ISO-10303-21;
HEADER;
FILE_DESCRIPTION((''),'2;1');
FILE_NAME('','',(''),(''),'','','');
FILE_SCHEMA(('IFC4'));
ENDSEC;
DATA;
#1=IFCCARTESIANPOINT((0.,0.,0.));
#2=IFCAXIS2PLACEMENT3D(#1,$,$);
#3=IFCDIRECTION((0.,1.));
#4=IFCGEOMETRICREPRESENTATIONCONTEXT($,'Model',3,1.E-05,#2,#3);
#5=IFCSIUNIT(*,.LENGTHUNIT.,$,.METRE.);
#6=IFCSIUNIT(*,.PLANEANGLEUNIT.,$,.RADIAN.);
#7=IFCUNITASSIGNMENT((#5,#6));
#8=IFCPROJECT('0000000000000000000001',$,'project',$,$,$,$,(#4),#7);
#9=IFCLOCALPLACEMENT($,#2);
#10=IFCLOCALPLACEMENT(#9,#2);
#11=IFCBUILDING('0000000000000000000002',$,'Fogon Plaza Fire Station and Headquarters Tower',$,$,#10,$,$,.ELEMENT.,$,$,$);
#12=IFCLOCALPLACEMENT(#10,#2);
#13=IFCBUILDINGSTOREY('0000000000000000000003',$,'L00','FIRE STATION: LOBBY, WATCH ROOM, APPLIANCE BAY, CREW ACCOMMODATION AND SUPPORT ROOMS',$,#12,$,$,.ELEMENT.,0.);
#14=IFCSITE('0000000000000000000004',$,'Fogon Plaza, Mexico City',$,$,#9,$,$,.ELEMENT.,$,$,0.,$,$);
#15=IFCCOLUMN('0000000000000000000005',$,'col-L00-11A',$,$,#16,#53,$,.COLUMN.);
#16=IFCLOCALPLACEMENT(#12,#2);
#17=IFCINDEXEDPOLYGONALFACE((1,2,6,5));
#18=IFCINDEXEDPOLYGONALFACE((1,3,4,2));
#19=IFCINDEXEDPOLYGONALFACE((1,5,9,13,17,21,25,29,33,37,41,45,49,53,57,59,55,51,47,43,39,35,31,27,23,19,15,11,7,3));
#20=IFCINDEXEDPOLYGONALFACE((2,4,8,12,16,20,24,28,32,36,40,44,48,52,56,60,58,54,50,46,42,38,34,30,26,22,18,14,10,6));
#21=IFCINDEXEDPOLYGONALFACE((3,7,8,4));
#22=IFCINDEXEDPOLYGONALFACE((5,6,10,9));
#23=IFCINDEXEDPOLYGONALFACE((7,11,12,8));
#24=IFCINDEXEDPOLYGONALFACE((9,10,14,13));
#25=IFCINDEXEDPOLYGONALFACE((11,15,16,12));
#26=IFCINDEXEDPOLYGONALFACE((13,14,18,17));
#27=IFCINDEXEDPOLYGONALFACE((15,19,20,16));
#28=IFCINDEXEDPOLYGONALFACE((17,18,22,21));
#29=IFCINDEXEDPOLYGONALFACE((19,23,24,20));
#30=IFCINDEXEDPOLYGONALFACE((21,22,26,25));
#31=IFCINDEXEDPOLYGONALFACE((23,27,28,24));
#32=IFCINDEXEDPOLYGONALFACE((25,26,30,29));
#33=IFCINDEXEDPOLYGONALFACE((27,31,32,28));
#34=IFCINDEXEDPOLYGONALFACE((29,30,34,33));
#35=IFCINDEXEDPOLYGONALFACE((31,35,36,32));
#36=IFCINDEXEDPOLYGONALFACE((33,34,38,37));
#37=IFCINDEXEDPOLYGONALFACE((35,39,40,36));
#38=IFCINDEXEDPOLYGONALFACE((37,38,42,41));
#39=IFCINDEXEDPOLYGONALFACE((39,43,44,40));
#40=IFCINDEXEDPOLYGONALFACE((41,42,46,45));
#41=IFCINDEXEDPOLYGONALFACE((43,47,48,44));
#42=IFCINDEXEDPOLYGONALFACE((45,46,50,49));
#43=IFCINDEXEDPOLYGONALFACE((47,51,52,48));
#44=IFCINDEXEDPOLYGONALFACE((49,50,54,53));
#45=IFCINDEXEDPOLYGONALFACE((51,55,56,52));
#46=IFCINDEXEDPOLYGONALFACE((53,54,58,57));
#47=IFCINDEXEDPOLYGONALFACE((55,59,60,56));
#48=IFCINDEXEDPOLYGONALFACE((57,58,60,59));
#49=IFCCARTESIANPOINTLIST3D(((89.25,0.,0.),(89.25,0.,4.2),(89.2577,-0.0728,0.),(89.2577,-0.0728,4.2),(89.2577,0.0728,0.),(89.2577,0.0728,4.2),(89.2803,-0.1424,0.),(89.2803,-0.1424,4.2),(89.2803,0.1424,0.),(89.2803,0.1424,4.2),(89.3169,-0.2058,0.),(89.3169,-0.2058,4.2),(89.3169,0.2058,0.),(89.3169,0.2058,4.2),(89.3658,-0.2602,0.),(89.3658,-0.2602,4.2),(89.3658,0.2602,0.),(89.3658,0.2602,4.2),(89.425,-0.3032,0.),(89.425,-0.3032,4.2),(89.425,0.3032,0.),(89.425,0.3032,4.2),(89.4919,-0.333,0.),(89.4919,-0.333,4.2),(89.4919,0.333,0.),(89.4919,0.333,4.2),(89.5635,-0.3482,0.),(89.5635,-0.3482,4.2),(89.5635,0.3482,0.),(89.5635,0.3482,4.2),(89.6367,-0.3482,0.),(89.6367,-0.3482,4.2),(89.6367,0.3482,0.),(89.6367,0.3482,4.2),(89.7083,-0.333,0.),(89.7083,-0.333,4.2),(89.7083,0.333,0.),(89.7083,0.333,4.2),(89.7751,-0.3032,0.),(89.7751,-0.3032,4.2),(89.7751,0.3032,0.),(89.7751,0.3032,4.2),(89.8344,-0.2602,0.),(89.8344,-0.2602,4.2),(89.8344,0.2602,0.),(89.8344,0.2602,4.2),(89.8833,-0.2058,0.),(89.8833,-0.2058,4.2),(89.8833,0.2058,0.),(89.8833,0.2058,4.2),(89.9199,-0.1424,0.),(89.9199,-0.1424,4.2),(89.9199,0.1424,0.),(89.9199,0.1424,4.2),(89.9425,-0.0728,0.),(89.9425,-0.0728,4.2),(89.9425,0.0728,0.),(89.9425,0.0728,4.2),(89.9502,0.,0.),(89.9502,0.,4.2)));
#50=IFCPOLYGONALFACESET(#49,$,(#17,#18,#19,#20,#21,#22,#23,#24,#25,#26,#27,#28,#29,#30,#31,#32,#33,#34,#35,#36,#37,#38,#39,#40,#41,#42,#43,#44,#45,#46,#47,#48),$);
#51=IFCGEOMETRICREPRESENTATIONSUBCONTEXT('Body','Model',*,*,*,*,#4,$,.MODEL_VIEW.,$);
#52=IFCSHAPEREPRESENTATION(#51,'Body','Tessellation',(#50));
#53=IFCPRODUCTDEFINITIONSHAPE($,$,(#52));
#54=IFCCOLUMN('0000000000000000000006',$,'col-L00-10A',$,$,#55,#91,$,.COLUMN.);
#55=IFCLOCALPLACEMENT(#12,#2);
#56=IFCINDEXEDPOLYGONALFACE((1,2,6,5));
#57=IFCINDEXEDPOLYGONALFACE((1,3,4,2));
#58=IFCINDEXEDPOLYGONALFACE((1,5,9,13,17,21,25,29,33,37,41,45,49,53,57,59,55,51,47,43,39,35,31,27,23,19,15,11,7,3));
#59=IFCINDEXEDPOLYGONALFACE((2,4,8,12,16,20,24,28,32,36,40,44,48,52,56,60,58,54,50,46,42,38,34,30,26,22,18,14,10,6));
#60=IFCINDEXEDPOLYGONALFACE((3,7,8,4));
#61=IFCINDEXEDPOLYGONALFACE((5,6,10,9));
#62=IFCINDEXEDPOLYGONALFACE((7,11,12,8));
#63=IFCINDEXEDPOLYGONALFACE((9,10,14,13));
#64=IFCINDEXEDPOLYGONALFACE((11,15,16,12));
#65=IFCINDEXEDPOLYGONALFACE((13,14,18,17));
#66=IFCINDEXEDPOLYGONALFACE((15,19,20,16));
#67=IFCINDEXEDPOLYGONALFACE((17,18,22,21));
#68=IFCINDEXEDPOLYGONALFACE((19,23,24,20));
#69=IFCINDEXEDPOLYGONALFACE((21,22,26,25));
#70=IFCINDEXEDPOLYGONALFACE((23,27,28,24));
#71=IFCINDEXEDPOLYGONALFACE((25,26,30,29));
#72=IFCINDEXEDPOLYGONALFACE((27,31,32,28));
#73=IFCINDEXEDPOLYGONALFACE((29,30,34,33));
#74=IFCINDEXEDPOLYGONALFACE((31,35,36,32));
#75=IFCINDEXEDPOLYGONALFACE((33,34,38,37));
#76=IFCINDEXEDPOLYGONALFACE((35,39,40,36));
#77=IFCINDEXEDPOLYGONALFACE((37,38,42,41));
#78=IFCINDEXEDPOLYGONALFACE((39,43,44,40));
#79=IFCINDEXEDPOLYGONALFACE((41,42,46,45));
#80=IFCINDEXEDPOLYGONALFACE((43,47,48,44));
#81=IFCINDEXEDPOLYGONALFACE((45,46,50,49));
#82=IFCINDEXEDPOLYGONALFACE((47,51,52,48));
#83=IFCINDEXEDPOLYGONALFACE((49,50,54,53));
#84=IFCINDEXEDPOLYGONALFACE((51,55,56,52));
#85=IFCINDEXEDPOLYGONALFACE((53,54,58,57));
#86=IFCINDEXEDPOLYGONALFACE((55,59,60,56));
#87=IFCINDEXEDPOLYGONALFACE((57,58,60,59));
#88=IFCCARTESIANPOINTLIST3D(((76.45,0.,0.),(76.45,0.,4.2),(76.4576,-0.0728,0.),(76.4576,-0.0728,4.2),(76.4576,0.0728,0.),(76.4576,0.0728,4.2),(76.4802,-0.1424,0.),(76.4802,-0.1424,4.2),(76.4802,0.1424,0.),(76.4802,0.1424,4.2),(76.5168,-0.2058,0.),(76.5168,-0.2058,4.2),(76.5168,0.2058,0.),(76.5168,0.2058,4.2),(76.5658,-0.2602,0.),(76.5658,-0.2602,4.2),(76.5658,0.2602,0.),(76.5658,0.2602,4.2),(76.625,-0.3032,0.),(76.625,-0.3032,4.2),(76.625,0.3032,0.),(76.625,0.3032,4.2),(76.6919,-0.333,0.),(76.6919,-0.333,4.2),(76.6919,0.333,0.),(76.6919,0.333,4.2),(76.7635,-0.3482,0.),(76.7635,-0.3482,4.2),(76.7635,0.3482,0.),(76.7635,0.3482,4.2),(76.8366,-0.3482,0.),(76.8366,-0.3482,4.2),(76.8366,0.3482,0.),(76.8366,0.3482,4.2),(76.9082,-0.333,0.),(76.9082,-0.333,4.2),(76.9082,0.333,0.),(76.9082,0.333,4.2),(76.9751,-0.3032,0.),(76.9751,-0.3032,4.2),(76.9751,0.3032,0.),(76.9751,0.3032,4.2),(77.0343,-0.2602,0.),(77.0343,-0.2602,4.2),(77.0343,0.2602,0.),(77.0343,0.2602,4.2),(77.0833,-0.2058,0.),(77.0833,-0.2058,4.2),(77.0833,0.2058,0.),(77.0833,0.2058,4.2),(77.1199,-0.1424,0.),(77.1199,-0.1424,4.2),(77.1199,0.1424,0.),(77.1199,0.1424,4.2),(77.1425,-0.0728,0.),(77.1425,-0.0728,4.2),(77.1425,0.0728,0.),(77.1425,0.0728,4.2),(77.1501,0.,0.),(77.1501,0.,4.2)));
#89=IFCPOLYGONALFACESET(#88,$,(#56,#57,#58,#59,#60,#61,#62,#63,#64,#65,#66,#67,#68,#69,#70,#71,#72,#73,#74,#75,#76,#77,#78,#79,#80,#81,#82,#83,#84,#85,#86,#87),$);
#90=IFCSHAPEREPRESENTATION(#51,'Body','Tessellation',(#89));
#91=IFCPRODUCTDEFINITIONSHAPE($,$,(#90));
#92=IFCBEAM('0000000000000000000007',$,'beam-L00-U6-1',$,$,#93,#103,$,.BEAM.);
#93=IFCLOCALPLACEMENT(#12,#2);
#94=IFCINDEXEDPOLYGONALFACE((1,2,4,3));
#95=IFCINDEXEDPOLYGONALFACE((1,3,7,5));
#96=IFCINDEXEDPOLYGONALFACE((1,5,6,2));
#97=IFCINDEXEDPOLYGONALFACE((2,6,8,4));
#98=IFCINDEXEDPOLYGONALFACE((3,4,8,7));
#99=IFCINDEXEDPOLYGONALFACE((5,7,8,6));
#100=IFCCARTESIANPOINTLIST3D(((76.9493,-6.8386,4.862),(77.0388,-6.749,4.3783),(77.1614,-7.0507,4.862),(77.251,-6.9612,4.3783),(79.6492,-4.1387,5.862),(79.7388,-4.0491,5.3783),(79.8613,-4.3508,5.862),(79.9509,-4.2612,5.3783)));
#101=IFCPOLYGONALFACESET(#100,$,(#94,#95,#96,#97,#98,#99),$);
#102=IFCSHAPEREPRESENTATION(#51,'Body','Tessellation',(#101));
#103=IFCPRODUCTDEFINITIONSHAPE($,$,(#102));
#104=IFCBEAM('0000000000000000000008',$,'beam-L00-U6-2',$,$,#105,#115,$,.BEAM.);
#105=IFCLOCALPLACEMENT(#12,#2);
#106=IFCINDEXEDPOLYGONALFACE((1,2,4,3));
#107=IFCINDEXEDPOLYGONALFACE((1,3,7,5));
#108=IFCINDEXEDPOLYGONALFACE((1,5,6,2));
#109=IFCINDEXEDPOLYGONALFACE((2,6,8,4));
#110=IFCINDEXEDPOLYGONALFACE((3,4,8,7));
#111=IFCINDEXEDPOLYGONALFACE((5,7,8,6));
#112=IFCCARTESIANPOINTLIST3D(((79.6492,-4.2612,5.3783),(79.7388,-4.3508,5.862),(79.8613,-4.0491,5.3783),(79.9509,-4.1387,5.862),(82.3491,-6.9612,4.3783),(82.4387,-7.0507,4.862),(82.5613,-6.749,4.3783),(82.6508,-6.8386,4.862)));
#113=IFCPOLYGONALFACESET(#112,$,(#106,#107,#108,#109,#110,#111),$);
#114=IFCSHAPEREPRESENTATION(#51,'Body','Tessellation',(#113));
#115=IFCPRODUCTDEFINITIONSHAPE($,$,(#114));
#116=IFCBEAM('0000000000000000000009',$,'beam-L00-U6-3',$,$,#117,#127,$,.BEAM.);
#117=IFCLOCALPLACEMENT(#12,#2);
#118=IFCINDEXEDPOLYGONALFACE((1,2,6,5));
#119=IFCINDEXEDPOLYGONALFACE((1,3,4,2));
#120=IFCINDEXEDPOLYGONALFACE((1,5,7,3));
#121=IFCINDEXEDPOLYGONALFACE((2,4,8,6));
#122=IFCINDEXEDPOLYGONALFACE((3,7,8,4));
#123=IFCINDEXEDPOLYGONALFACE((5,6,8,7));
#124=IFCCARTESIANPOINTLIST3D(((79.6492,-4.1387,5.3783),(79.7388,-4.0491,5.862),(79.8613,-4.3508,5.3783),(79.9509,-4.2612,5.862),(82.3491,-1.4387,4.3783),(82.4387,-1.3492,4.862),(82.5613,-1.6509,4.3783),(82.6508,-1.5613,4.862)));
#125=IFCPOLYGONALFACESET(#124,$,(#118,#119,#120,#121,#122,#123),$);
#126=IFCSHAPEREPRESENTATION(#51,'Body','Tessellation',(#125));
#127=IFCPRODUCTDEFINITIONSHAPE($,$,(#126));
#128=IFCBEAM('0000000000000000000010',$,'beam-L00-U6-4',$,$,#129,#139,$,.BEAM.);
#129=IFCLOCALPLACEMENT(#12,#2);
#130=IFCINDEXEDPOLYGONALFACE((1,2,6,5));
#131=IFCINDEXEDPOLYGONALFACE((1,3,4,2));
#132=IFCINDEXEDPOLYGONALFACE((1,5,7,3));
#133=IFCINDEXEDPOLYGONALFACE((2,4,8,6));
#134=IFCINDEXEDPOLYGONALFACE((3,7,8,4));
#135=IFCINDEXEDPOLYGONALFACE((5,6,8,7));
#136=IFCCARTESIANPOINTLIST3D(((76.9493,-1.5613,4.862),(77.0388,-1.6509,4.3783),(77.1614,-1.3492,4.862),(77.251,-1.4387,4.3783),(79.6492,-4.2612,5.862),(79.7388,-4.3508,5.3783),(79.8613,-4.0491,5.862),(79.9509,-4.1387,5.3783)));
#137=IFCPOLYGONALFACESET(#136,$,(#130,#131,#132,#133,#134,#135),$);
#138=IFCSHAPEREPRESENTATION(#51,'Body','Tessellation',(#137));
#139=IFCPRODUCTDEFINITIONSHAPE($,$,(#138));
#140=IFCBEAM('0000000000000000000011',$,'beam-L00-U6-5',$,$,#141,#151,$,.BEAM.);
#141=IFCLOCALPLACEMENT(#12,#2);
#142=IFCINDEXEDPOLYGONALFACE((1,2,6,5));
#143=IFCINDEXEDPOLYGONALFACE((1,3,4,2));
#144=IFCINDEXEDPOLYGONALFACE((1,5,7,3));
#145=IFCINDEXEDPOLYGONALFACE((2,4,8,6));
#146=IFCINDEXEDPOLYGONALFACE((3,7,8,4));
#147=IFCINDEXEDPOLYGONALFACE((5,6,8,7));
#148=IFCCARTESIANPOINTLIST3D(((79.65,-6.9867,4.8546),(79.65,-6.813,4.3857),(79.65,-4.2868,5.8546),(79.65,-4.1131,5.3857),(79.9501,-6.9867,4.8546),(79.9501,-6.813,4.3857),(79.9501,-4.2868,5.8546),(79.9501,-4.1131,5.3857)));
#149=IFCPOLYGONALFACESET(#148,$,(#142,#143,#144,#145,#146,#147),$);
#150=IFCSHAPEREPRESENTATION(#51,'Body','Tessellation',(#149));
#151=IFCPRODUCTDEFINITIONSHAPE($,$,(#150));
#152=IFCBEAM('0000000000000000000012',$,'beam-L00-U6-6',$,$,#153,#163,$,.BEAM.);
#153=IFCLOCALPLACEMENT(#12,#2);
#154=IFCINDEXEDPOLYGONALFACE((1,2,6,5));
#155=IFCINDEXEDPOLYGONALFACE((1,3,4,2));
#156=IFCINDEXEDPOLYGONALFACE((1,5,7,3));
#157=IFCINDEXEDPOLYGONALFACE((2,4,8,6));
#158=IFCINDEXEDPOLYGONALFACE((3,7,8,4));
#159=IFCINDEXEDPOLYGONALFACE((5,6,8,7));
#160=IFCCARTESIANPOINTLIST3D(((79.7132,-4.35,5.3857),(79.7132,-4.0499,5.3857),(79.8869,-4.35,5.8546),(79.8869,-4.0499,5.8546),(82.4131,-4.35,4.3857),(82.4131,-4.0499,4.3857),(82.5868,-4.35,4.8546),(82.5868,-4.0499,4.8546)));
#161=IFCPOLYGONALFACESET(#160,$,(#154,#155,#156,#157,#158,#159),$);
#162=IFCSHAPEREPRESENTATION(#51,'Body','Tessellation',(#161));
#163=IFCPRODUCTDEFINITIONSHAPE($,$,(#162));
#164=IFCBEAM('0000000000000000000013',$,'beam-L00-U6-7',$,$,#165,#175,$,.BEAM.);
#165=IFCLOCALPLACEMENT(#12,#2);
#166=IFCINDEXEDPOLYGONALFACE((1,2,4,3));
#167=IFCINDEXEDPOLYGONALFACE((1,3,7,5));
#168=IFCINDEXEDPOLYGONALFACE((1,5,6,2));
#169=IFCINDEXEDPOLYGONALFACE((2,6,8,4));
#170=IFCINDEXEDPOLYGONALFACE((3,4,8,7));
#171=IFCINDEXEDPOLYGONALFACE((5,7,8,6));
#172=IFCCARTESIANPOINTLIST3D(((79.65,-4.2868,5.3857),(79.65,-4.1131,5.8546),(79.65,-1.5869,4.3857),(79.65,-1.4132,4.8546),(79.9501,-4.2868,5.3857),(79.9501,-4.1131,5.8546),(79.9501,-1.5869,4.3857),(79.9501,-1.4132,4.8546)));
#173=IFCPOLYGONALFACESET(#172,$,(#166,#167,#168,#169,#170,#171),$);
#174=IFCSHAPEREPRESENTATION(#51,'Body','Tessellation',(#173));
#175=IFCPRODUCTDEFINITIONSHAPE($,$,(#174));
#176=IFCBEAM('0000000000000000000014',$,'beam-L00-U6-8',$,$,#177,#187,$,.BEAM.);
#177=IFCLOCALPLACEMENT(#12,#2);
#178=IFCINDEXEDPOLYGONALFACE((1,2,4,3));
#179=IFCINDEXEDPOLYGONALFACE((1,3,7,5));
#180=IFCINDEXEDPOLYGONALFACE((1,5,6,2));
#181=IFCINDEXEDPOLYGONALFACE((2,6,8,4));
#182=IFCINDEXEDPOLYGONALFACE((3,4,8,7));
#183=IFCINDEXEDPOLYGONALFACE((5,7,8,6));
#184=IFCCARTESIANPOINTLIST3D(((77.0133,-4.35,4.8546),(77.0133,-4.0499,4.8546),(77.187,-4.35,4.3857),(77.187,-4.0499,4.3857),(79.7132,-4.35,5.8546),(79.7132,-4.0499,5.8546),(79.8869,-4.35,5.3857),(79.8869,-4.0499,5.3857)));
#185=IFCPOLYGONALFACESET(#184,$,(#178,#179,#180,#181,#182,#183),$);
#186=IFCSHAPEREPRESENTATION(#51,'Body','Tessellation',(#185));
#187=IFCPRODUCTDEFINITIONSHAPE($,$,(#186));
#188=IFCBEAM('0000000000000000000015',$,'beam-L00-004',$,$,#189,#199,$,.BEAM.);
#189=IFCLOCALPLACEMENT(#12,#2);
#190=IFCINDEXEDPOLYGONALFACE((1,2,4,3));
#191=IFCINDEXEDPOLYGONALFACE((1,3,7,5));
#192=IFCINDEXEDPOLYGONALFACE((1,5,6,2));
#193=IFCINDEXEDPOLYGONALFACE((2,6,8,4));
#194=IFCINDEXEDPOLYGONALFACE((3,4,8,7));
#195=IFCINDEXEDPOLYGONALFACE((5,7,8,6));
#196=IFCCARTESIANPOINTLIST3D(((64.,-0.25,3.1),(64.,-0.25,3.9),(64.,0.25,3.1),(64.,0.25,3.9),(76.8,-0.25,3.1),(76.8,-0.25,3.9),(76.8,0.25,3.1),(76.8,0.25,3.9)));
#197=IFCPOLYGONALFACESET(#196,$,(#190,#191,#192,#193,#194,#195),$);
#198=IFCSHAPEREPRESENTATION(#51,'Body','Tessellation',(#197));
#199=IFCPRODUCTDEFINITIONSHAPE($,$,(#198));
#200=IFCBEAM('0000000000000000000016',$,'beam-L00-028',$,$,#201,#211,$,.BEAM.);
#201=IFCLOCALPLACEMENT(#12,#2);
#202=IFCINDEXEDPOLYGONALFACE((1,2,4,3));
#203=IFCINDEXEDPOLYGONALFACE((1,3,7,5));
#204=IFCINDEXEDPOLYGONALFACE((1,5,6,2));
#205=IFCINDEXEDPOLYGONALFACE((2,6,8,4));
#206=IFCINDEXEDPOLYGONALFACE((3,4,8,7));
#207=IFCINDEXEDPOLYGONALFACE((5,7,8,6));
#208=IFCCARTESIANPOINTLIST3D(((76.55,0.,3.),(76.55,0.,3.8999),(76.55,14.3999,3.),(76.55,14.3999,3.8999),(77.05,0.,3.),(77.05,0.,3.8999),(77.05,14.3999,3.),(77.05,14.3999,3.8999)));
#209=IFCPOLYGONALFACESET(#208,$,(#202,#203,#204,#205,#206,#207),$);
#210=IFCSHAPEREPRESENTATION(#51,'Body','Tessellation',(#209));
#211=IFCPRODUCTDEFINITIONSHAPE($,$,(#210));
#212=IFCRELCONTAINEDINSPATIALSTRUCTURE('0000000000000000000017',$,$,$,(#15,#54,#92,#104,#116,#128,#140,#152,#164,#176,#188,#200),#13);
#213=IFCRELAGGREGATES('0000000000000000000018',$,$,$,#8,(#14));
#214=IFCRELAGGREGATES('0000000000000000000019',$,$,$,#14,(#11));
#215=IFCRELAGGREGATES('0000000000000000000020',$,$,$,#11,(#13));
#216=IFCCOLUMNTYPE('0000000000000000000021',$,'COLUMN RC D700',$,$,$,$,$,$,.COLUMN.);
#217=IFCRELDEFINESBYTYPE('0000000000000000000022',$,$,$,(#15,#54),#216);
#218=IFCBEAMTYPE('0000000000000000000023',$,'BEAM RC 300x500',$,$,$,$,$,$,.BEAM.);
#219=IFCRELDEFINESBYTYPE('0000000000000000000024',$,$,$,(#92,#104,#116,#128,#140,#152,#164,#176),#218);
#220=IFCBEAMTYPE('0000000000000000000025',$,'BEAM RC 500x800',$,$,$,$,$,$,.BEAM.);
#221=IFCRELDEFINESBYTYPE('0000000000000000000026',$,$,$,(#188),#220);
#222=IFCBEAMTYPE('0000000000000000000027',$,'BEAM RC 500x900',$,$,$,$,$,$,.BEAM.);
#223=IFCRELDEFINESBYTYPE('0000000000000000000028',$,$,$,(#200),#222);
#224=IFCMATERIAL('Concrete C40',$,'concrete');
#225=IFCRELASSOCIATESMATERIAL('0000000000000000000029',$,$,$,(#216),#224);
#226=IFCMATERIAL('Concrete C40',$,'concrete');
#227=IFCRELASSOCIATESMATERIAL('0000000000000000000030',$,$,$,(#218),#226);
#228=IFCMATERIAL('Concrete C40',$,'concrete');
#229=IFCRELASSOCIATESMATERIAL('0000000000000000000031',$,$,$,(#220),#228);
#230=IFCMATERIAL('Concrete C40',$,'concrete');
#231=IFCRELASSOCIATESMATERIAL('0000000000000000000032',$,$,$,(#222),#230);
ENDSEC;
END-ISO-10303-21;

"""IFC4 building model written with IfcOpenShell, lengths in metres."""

from ifc_helpers import new_model, si_unit, direction, frame, origin, origin_2d, place, context, subcontext, project, spatial, rectangle, circle, extrude, material, material_profile, profile_set, type_object, element, save


model = new_model("IFC4")

# Units and contexts
model_context = context("Model", 3, precision=1e-05, world=origin(), true_north=direction((0.0, 1.0)))
body_context = subcontext(model_context, "Body", "Model", "MODEL_VIEW")
ifc_project = project(units=[si_unit("LENGTHUNIT", "METRE"), si_unit("PLANEANGLEUNIT", "RADIAN")], contexts=[model_context])

# Site, building, storey
site_placement = place(None, origin())
site = spatial("IfcSite", under=ifc_project, at=site_placement, Name="Fogon Plaza, Mexico City", CompositionType="ELEMENT", RefElevation=0.0)
building_placement = place(site_placement, origin())
building = spatial("IfcBuilding", under=site, at=building_placement, Name="Fogon Plaza Fire Station and Headquarters Tower", CompositionType="ELEMENT")
storey_placement = place(building_placement, origin())
storey = spatial("IfcBuildingStorey", under=building, at=storey_placement, Name="L00", Description="FIRE STATION: LOBBY, WATCH ROOM, APPLIANCE BAY, CREW ACCOMMODATION AND SUPPORT ROOMS", CompositionType="ELEMENT", Elevation=0.0)

# Columns
ifc_material_1 = material(Name="Concrete C40", Category="concrete")
ifc_material_profile_1 = material_profile(ifc_material_1, circle(Radius=0.3501, at=origin_2d()), Name="RC D700")
ifc_profile_set_1 = profile_set([ifc_material_profile_1], Name="Concrete C40")
column_type_1 = type_object("IfcColumnType", Name="COLUMN RC D700", PredefinedType="COLUMN", material=ifc_profile_set_1)
for number, where, z_axis, x_axis, name in (
    (1, (89.6001, 0.0, 0.0), (0.0, 0.0, 1.0), (1.0, 0.0, 0.0), "col-L00-11A"),
    (2, (76.8, 0.0, 0.0), (0.0, 0.0, 1.0), (1.0, 0.0, 0.0), "col-L00-10A"),
):
    element("IfcColumn", number, at=place(storey_placement, frame(where, z_axis=z_axis, x_axis=x_axis)), inside=storey, type_object=column_type_1, Name=name, PredefinedType="COLUMN", context=body_context, shape_type="SweptSolid", body=[
        extrude(circle(Radius=0.3501, at=origin_2d()), origin(), (0.0, 0.0, 1.0), 4.2),
    ])

# Beams
ifc_material_2 = material(Name="Concrete C40", Category="concrete")
ifc_material_profile_2 = material_profile(ifc_material_2, rectangle(XDim=0.3, YDim=0.5, at=origin_2d()), Name="RC 300x500")
ifc_profile_set_2 = profile_set([ifc_material_profile_2], Name="Concrete C40")
beam_type_1 = type_object("IfcBeamType", Name="BEAM RC 300x500", PredefinedType="BEAM", material=ifc_profile_set_2)
for number, where, z_axis, x_axis, name in (
    (3, (79.8, -4.2, 5.6201), (-0.684037, -0.684037, -0.253352), (0.707107, -0.707107, 0.0), "beam-L00-U6-1"),
    (4, (79.8, -4.2, 5.6201), (0.684037, -0.684037, -0.253352), (0.707107, 0.707107, 0.0), "beam-L00-U6-2"),
    (5, (79.8, -4.2, 5.6201), (0.684037, 0.684037, -0.253352), (-0.707107, 0.707107, 0.0), "beam-L00-U6-3"),
    (6, (79.8, -4.2, 5.6201), (-0.684037, 0.684037, -0.253352), (-0.707107, -0.707107, 0.0), "beam-L00-U6-4"),
):
    element("IfcBeam", number, at=place(storey_placement, frame(where, z_axis=z_axis, x_axis=x_axis)), inside=storey, type_object=beam_type_1, Name=name, PredefinedType="BEAM", context=body_context, shape_type="SweptSolid", body=[
        extrude(rectangle(XDim=0.3, YDim=0.5, at=origin_2d()), origin(), (0.0, 0.0, 1.0), 3.947),
    ])
for number, where, z_axis, x_axis, name in (
    (7, (79.8, -4.2, 5.6201), (0.0, -0.937747, -0.34732), (1.0, 0.0, 0.0), "beam-L00-U6-5"),
    (8, (79.8, -4.2, 5.6201), (0.937747, 0.0, -0.34732), (0.0, 1.0, 0.0), "beam-L00-U6-6"),
    (9, (79.8, -4.2, 5.6201), (0.0, 0.937747, -0.34732), (-1.0, 0.0, 0.0), "beam-L00-U6-7"),
    (10, (79.8, -4.2, 5.6201), (-0.937747, 0.0, -0.34732), (0.0, -1.0, 0.0), "beam-L00-U6-8"),
):
    element("IfcBeam", number, at=place(storey_placement, frame(where, z_axis=z_axis, x_axis=x_axis)), inside=storey, type_object=beam_type_1, Name=name, PredefinedType="BEAM", context=body_context, shape_type="SweptSolid", body=[
        extrude(rectangle(XDim=0.3, YDim=0.5, at=origin_2d()), origin(), (0.0, 0.0, 1.0), 2.8792),
    ])
ifc_material_3 = material(Name="Concrete C40", Category="concrete")
ifc_material_profile_3 = material_profile(ifc_material_3, rectangle(XDim=0.5, YDim=0.8, at=origin_2d()), Name="RC 500x800")
ifc_profile_set_3 = profile_set([ifc_material_profile_3], Name="Concrete C40")
beam_type_2 = type_object("IfcBeamType", Name="BEAM RC 500x800", PredefinedType="BEAM", material=ifc_profile_set_3)
beam_1_placement = place(storey_placement, frame((76.8, 0.0, 3.5), z_axis=(-1.0, 0.0, 0.0), x_axis=(0.0, -1.0, 0.0)))
element("IfcBeam", 11, at=beam_1_placement, inside=storey, type_object=beam_type_2, Name="beam-L00-004", PredefinedType="BEAM", context=body_context, shape_type="SweptSolid", body=[
    extrude(rectangle(XDim=0.5, YDim=0.8, at=origin_2d()), origin(), (0.0, 0.0, 1.0), 12.8),
])
ifc_material_4 = material(Name="Concrete C40", Category="concrete")
ifc_material_profile_4 = material_profile(ifc_material_4, rectangle(XDim=0.5, YDim=0.8999, at=origin_2d()), Name="RC 500x900")
ifc_profile_set_4 = profile_set([ifc_material_profile_4], Name="Concrete C40")
beam_type_3 = type_object("IfcBeamType", Name="BEAM RC 500x900", PredefinedType="BEAM", material=ifc_profile_set_4)
beam_2_placement = place(storey_placement, frame((76.8, 0.0, 3.45), z_axis=(0.0, 1.0, 0.0), x_axis=(-1.0, 0.0, 0.0)))
element("IfcBeam", 12, at=beam_2_placement, inside=storey, type_object=beam_type_3, Name="beam-L00-028", PredefinedType="BEAM", context=body_context, shape_type="SweptSolid", body=[
    extrude(rectangle(XDim=0.5, YDim=0.8999, at=origin_2d()), origin(), (0.0, 0.0, 1.0), 14.3999),
])

save(model, "model.ifc")
